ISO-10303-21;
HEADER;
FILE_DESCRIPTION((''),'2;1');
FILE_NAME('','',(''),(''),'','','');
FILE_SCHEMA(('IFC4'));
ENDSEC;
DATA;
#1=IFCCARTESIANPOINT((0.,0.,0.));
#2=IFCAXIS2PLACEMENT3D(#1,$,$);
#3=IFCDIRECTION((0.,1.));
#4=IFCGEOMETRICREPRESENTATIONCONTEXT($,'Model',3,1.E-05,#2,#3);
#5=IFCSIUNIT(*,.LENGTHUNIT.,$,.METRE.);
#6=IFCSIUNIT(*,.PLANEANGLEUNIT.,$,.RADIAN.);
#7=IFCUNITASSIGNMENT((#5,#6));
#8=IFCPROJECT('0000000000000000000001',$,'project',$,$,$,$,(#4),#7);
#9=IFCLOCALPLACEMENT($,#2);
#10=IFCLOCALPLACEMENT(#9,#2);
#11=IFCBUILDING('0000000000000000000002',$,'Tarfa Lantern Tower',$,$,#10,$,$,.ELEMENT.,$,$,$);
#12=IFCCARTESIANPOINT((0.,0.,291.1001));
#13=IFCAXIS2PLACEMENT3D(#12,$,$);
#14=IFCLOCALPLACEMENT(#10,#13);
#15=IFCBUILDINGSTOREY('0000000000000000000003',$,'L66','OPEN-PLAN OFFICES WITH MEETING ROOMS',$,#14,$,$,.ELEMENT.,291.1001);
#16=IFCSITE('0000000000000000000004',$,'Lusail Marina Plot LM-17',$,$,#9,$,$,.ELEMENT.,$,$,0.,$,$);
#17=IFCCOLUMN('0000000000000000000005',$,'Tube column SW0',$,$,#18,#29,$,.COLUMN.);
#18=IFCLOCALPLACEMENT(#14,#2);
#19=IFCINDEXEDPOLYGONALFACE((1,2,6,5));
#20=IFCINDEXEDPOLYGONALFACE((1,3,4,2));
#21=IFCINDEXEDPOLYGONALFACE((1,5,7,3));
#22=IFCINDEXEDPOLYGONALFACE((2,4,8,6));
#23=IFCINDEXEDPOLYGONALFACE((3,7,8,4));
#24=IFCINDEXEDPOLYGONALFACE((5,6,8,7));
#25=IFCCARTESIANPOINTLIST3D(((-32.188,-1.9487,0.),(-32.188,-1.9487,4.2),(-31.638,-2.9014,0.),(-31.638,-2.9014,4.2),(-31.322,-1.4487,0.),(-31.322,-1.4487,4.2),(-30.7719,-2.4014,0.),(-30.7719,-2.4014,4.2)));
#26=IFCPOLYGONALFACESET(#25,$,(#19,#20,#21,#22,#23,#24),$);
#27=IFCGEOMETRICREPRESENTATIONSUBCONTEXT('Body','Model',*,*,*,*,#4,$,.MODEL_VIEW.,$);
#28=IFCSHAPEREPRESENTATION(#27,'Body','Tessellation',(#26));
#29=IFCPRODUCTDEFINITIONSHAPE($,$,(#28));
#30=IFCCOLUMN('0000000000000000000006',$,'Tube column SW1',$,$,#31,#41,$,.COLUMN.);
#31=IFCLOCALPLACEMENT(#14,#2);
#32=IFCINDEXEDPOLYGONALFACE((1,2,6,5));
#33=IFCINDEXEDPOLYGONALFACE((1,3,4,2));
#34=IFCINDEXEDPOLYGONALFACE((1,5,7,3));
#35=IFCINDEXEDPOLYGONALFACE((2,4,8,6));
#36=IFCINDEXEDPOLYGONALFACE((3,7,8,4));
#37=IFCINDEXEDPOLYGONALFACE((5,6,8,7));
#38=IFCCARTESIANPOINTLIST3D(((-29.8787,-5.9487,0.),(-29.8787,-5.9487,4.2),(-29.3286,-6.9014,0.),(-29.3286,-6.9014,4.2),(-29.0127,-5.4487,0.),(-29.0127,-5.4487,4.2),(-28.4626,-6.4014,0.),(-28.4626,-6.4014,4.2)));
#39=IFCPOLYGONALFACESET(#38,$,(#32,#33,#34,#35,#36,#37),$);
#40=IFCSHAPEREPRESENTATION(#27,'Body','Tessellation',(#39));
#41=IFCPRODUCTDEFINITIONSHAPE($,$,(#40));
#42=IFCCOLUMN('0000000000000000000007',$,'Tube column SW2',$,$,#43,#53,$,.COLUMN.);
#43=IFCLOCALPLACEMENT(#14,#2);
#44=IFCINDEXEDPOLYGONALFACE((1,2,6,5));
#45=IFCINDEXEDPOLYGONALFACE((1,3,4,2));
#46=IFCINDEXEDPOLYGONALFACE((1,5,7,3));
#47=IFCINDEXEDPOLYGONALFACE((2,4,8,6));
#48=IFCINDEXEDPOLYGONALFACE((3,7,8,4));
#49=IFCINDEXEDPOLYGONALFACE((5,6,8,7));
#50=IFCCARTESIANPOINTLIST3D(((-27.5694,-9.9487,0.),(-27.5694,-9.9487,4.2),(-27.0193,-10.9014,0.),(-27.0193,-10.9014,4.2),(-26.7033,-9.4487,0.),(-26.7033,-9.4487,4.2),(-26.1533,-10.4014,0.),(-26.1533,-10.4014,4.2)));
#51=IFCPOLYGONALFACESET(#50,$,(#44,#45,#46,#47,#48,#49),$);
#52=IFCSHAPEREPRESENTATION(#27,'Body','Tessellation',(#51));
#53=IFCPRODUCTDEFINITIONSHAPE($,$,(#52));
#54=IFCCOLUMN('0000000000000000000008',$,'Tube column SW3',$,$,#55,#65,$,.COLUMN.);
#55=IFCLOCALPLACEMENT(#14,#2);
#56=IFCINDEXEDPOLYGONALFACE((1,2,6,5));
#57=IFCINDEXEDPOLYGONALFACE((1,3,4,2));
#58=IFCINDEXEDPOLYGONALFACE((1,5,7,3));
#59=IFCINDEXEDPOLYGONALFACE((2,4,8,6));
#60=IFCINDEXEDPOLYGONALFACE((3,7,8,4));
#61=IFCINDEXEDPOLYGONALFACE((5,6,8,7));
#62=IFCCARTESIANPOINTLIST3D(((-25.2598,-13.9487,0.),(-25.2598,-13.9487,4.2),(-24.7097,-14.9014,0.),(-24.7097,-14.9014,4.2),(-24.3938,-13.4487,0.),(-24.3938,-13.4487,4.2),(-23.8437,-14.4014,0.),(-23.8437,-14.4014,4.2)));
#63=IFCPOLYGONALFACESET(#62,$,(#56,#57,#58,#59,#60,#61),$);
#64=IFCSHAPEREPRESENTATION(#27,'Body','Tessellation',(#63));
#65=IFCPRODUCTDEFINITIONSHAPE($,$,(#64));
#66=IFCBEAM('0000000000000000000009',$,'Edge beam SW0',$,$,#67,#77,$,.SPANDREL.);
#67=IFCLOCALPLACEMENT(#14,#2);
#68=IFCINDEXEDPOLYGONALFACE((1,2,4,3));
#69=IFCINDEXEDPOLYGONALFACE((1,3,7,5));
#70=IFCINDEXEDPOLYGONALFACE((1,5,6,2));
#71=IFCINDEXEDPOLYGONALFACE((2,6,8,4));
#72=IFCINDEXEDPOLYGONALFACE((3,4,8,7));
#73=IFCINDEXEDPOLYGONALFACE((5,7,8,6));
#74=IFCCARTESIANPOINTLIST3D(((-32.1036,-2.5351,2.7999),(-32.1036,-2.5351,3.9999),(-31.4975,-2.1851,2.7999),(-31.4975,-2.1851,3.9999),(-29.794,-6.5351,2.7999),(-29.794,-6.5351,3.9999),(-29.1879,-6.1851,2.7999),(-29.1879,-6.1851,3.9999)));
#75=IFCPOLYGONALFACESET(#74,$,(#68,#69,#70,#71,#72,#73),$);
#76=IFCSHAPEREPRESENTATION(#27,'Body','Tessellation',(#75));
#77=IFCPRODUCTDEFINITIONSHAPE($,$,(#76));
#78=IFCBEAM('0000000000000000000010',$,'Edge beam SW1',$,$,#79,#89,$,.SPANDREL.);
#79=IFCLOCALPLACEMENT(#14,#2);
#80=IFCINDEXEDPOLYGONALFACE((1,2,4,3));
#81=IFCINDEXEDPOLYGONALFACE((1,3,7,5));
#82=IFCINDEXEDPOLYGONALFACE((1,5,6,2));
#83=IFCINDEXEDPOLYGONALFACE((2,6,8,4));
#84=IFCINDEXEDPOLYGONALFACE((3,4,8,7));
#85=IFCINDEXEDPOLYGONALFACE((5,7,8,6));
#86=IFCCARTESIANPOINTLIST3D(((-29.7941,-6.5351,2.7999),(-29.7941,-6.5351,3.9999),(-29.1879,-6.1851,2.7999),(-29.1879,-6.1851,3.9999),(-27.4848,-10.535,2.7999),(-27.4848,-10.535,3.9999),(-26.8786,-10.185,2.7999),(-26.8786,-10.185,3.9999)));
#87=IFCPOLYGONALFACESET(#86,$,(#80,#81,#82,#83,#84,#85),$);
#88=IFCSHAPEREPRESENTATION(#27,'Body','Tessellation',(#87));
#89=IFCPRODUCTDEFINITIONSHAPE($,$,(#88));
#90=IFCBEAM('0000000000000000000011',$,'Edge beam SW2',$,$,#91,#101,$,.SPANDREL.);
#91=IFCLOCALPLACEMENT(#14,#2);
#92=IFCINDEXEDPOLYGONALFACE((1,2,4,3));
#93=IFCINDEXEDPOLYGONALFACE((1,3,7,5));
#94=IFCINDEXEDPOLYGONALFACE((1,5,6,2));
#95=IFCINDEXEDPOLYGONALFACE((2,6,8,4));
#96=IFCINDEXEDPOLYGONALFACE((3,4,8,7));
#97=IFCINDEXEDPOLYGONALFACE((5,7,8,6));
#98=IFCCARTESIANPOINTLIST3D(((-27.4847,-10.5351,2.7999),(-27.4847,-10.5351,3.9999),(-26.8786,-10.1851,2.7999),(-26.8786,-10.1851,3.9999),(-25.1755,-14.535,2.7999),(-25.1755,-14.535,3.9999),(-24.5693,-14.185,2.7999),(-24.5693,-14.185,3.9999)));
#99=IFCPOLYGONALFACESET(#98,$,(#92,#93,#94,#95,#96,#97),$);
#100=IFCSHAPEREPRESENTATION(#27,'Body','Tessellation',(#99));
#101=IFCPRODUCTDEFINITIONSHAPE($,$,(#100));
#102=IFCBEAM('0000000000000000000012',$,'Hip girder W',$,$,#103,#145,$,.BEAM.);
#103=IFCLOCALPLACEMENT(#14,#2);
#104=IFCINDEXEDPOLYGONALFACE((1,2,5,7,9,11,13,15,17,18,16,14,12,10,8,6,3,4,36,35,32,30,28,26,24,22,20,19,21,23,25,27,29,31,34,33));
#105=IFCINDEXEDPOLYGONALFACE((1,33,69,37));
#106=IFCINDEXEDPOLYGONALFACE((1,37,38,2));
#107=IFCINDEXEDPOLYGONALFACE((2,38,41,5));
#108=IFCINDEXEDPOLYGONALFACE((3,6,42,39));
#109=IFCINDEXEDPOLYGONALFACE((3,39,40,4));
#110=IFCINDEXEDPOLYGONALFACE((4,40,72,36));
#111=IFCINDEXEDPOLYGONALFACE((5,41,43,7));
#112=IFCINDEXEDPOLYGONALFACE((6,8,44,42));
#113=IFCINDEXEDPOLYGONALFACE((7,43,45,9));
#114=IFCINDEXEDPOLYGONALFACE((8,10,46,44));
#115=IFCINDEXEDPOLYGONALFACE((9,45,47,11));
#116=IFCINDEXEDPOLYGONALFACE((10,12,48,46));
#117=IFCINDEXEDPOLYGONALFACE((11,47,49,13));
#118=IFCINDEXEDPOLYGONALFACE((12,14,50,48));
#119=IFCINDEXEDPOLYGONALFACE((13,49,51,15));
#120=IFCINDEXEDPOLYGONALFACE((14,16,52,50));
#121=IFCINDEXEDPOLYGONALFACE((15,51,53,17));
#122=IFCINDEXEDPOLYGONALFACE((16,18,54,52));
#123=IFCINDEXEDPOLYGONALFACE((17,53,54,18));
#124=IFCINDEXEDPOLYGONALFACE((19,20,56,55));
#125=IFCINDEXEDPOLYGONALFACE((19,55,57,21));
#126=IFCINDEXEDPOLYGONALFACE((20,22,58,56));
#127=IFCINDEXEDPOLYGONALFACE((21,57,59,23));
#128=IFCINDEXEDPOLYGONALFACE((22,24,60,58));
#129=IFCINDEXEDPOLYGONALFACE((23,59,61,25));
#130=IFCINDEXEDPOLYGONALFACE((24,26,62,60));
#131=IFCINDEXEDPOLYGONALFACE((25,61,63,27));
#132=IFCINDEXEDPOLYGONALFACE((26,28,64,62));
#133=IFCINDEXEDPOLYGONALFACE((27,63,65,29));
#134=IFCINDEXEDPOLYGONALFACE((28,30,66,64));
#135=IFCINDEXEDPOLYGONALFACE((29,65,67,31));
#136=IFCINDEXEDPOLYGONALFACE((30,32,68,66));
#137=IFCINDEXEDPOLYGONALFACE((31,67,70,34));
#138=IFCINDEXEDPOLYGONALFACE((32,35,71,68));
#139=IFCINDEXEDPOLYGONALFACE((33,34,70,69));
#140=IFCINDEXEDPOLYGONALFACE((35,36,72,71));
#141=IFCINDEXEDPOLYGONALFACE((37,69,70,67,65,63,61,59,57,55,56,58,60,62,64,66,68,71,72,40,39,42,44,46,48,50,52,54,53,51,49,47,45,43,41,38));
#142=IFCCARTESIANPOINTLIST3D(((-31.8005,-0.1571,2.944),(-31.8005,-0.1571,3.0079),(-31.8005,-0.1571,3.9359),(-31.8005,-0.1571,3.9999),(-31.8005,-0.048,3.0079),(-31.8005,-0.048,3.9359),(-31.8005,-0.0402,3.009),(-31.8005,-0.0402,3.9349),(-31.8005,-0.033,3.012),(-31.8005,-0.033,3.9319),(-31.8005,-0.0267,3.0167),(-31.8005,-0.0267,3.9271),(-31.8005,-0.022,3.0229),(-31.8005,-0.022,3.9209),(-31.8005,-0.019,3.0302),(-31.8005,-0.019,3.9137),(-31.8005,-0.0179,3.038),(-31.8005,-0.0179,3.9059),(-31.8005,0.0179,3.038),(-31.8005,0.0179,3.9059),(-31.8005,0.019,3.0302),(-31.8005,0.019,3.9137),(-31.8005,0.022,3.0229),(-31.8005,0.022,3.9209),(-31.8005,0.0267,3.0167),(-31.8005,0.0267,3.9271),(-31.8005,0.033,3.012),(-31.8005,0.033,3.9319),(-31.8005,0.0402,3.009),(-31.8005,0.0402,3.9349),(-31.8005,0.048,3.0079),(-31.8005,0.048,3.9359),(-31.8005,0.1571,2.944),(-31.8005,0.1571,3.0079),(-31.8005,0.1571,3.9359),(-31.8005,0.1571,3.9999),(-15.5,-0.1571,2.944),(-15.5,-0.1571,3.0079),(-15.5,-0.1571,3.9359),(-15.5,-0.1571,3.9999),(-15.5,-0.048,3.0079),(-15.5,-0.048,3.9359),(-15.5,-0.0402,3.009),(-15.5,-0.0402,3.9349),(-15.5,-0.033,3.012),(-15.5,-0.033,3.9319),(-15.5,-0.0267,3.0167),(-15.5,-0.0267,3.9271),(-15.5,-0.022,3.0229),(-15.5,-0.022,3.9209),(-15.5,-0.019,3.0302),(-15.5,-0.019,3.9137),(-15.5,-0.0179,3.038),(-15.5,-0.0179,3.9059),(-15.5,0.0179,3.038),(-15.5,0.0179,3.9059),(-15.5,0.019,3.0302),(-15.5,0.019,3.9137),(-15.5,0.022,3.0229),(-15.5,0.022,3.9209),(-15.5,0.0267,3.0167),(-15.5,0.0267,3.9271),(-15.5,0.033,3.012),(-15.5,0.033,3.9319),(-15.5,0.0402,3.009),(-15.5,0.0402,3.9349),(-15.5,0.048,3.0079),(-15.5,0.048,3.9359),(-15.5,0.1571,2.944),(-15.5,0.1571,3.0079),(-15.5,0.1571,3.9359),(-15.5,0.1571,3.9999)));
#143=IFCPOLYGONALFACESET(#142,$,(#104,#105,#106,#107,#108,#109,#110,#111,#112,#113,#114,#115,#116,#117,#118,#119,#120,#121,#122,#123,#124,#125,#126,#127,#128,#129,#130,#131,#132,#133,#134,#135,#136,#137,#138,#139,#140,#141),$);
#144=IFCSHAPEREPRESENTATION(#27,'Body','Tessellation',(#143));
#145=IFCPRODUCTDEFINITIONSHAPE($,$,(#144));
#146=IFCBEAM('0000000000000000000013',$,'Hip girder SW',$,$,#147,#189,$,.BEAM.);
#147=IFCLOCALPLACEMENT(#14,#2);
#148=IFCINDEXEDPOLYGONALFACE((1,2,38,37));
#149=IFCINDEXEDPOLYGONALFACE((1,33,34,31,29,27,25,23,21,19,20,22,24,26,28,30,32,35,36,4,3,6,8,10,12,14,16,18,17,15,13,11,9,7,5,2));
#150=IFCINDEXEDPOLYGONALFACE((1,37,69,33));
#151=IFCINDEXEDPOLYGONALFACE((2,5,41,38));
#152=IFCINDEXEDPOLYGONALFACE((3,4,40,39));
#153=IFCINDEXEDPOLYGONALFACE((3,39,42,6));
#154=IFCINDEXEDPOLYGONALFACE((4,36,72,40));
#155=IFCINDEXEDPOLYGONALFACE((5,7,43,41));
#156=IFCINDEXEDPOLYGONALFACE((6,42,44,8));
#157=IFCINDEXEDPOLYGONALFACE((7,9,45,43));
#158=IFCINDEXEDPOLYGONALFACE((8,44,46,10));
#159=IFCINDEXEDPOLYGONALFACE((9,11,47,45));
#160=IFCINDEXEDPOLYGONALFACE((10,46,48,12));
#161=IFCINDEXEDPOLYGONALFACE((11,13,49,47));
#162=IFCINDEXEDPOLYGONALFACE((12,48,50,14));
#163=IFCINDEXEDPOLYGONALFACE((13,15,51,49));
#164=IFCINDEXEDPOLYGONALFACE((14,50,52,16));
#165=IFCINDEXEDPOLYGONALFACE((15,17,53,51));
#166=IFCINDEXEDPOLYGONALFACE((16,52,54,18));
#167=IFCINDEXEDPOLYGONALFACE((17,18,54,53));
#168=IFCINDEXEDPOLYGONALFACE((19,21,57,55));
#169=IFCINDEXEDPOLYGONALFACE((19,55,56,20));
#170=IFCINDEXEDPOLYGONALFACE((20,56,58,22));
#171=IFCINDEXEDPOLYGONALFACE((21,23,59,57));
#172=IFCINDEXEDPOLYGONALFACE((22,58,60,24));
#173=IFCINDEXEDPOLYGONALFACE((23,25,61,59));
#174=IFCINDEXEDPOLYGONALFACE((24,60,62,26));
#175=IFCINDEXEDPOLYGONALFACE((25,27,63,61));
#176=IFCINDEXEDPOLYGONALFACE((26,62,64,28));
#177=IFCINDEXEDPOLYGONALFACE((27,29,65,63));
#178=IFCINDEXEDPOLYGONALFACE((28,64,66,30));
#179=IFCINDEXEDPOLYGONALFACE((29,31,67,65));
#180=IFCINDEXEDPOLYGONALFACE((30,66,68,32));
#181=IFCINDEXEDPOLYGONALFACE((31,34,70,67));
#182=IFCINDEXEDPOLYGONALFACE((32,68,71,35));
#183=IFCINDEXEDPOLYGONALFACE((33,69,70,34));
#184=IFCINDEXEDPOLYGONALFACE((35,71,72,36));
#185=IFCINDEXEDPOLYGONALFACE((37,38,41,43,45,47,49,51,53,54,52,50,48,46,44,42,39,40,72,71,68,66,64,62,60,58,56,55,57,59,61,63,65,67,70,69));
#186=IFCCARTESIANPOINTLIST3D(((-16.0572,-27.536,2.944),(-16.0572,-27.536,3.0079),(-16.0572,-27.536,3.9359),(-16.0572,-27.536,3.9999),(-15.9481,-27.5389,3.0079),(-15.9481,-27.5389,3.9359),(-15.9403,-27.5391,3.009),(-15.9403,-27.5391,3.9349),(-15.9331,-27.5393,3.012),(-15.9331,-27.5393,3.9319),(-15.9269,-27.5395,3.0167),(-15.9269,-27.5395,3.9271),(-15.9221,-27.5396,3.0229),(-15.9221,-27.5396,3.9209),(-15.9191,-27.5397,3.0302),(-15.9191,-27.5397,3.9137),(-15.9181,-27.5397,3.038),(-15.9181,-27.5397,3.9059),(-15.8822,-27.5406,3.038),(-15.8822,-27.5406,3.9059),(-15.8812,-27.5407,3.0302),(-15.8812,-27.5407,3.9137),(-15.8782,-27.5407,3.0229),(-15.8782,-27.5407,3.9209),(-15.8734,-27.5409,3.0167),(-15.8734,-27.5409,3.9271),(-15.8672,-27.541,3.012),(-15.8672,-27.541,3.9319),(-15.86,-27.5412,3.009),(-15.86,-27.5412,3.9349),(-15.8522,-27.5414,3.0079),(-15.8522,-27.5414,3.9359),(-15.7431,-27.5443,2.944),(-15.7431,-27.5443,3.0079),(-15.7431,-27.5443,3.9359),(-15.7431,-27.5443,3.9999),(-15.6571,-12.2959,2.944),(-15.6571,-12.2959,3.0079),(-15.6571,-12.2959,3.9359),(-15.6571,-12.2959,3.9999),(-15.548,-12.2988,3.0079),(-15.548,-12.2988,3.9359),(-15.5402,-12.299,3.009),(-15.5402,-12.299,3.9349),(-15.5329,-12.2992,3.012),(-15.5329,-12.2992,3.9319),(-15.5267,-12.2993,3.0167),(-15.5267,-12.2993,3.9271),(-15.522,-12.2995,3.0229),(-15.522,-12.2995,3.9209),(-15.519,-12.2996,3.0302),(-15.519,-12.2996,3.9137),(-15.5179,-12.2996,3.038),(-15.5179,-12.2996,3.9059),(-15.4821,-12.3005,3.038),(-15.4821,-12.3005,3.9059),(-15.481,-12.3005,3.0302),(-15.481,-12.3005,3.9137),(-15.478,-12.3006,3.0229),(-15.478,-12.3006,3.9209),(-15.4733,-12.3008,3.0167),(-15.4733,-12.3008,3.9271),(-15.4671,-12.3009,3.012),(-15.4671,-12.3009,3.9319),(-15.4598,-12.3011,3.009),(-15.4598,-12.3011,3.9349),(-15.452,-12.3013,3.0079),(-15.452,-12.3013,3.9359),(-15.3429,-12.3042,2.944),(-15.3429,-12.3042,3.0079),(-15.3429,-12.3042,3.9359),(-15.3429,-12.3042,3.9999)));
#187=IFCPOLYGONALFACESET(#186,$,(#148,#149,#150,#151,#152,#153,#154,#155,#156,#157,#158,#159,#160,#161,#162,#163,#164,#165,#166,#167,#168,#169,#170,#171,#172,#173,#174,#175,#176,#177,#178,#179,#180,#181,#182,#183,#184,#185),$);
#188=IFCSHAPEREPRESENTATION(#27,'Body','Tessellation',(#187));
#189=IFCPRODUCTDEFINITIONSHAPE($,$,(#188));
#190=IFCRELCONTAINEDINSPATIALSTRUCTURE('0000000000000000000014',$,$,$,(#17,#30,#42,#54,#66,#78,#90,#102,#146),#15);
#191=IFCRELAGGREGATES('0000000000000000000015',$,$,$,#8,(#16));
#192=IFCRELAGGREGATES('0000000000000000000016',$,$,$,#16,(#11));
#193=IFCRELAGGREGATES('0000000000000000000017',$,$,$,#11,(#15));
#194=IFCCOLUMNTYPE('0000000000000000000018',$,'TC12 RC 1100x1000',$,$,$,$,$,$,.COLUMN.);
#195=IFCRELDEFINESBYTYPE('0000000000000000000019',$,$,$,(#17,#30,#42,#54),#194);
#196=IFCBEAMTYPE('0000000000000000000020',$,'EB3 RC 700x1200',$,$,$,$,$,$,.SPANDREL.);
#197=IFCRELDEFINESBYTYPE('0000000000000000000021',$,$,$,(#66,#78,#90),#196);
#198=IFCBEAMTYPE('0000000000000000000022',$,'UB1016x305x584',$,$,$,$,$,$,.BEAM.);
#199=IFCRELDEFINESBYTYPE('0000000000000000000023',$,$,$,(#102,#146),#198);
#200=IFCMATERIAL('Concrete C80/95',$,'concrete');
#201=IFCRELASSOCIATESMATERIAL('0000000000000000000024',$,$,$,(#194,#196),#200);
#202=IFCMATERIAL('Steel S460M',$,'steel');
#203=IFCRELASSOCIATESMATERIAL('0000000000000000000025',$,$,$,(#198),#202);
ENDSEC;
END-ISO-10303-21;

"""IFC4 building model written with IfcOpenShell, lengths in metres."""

from ifc_helpers import new_model, si_unit, direction, frame, origin, origin_2d, place, context, subcontext, project, spatial, rectangle, i_section, extrude, material, material_profile, profile_set, type_object, element, save


model = new_model("IFC4")

# Units and contexts
model_context = context("Model", 3, precision=1e-05, world=origin(), true_north=direction((0.0, 1.0)))
body_context = subcontext(model_context, "Body", "Model", "MODEL_VIEW")
ifc_project = project(units=[si_unit("LENGTHUNIT", "METRE"), si_unit("PLANEANGLEUNIT", "RADIAN")], contexts=[model_context])

# Site, building, storey
site_placement = place(None, origin())
site = spatial("IfcSite", under=ifc_project, at=site_placement, Name="Lusail Marina Plot LM-17", CompositionType="ELEMENT", RefElevation=0.0)
building_placement = place(site_placement, origin())
building = spatial("IfcBuilding", under=site, at=building_placement, Name="Tarfa Lantern Tower", CompositionType="ELEMENT")
storey_placement = place(building_placement, frame((0.0, 0.0, 291.1001)))
storey = spatial("IfcBuildingStorey", under=building, at=storey_placement, Name="L66", Description="OPEN-PLAN OFFICES WITH MEETING ROOMS", CompositionType="ELEMENT", Elevation=291.1001)

# Columns
ifc_material_1 = material(Name="Concrete C80/95", Category="concrete")
ifc_material_profile_1 = material_profile(ifc_material_1, rectangle(XDim=1.1001, YDim=1.0, at=origin_2d()), Name="RC 1100x1000")
ifc_profile_set_1 = profile_set([ifc_material_profile_1], Name="Concrete C80/95")
column_type = type_object("IfcColumnType", Name="TC12 RC 1100x1000", PredefinedType="COLUMN", material=ifc_profile_set_1)
for number, where, z_axis, x_axis, name in (
    (1, (-31.48, -2.175, 0.0), (0.0, 0.0, 1.0), (0.5, -0.866025, 0.0), "Tube column SW0"),
    (2, (-29.1707, -6.175, 0.0), (0.0, 0.0, 1.0), (0.5, -0.866025, 0.0), "Tube column SW1"),
    (3, (-26.8613, -10.175, 0.0), (0.0, 0.0, 1.0), (0.5, -0.866025, 0.0), "Tube column SW2"),
    (4, (-24.5518, -14.175, 0.0), (0.0, 0.0, 1.0), (0.5, -0.866025, 0.0), "Tube column SW3"),
):
    element("IfcColumn", number, at=place(storey_placement, frame(where, z_axis=z_axis, x_axis=x_axis)), inside=storey, type_object=column_type, Name=name, PredefinedType="COLUMN", context=body_context, shape_type="SweptSolid", body=[
        extrude(rectangle(XDim=1.1001, YDim=1.0, at=origin_2d()), origin(), (0.0, 0.0, 1.0), 4.2),
    ])

# Beams
ifc_material_profile_2 = material_profile(ifc_material_1, rectangle(XDim=0.7, YDim=1.2, at=origin_2d()), Name="RC 700x1200")
ifc_profile_set_2 = profile_set([ifc_material_profile_2], Name="Concrete C80/95")
beam_type_1 = type_object("IfcBeamType", Name="EB3 RC 700x1200", PredefinedType="SPANDREL", material=ifc_profile_set_2)
beam_1_placement = place(storey_placement, frame((-31.8005, -2.3601, 3.3999), z_axis=(0.500027, -0.86601, 0.0), x_axis=(0.86601, 0.500027, 0.0)))
element("IfcBeam", 5, at=beam_1_placement, inside=storey, type_object=beam_type_1, Name="Edge beam SW0", PredefinedType="SPANDREL", context=body_context, shape_type="SweptSolid", body=[
    extrude(rectangle(XDim=0.7, YDim=1.2, at=origin_2d()), origin(), (0.0, 0.0, 1.0), 4.6189),
])
for number, where, z_axis, x_axis, name in (
    (6, (-29.491, -6.3601, 3.3999), (0.499988, -0.866032, 0.0), (0.866032, 0.499988, 0.0), "Edge beam SW1"),
    (7, (-27.1816, -10.3601, 3.3999), (0.499988, -0.866032, 0.0), (0.866032, 0.499988, 0.0), "Edge beam SW2"),
):
    element("IfcBeam", number, at=place(storey_placement, frame(where, z_axis=z_axis, x_axis=x_axis)), inside=storey, type_object=beam_type_1, Name=name, PredefinedType="SPANDREL", context=body_context, shape_type="SweptSolid", body=[
        extrude(rectangle(XDim=0.7, YDim=1.2, at=origin_2d()), origin(), (0.0, 0.0, 1.0), 4.6187),
    ])
ifc_material_2 = material(Name="Steel S460M", Category="steel")
ifc_material_profile_3 = material_profile(ifc_material_2, i_section(OverallWidth=0.3142, OverallDepth=1.0559, WebThickness=0.0359, FlangeThickness=0.064, FilletRadius=0.03, at=origin_2d()), Name="UB1016x305x584")
ifc_profile_set_3 = profile_set([ifc_material_profile_3], Name="Steel S460M")
beam_type_2 = type_object("IfcBeamType", Name="UB1016x305x584", PredefinedType="BEAM", material=ifc_profile_set_3)
beam_2_placement = place(storey_placement, frame((-15.5, 0.0, 3.4719), z_axis=(-1.0, 0.0, 0.0), x_axis=(0.0, -1.0, 0.0)))
element("IfcBeam", 8, at=beam_2_placement, inside=storey, type_object=beam_type_2, Name="Hip girder W", PredefinedType="BEAM", context=body_context, shape_type="SweptSolid", body=[
    extrude(i_section(OverallWidth=0.3142, OverallDepth=1.0559, WebThickness=0.0359, FlangeThickness=0.064, FilletRadius=0.03, at=origin_2d()), origin(), (0.0, 0.0, 1.0), 16.3005),
])
beam_3_placement = place(storey_placement, frame((-15.5, -12.3, 3.4719), z_axis=(-0.026247, -0.999655, 0.0), x_axis=(0.999655, -0.026247, 0.0)))
element("IfcBeam", 9, at=beam_3_placement, inside=storey, type_object=beam_type_2, Name="Hip girder SW", PredefinedType="BEAM", context=body_context, shape_type="SweptSolid", body=[
    extrude(i_section(OverallWidth=0.3142, OverallDepth=1.0559, WebThickness=0.0359, FlangeThickness=0.064, FilletRadius=0.03, at=origin_2d()), origin(), (0.0, 0.0, 1.0), 15.2454),
])

save(model, "model.ifc")
